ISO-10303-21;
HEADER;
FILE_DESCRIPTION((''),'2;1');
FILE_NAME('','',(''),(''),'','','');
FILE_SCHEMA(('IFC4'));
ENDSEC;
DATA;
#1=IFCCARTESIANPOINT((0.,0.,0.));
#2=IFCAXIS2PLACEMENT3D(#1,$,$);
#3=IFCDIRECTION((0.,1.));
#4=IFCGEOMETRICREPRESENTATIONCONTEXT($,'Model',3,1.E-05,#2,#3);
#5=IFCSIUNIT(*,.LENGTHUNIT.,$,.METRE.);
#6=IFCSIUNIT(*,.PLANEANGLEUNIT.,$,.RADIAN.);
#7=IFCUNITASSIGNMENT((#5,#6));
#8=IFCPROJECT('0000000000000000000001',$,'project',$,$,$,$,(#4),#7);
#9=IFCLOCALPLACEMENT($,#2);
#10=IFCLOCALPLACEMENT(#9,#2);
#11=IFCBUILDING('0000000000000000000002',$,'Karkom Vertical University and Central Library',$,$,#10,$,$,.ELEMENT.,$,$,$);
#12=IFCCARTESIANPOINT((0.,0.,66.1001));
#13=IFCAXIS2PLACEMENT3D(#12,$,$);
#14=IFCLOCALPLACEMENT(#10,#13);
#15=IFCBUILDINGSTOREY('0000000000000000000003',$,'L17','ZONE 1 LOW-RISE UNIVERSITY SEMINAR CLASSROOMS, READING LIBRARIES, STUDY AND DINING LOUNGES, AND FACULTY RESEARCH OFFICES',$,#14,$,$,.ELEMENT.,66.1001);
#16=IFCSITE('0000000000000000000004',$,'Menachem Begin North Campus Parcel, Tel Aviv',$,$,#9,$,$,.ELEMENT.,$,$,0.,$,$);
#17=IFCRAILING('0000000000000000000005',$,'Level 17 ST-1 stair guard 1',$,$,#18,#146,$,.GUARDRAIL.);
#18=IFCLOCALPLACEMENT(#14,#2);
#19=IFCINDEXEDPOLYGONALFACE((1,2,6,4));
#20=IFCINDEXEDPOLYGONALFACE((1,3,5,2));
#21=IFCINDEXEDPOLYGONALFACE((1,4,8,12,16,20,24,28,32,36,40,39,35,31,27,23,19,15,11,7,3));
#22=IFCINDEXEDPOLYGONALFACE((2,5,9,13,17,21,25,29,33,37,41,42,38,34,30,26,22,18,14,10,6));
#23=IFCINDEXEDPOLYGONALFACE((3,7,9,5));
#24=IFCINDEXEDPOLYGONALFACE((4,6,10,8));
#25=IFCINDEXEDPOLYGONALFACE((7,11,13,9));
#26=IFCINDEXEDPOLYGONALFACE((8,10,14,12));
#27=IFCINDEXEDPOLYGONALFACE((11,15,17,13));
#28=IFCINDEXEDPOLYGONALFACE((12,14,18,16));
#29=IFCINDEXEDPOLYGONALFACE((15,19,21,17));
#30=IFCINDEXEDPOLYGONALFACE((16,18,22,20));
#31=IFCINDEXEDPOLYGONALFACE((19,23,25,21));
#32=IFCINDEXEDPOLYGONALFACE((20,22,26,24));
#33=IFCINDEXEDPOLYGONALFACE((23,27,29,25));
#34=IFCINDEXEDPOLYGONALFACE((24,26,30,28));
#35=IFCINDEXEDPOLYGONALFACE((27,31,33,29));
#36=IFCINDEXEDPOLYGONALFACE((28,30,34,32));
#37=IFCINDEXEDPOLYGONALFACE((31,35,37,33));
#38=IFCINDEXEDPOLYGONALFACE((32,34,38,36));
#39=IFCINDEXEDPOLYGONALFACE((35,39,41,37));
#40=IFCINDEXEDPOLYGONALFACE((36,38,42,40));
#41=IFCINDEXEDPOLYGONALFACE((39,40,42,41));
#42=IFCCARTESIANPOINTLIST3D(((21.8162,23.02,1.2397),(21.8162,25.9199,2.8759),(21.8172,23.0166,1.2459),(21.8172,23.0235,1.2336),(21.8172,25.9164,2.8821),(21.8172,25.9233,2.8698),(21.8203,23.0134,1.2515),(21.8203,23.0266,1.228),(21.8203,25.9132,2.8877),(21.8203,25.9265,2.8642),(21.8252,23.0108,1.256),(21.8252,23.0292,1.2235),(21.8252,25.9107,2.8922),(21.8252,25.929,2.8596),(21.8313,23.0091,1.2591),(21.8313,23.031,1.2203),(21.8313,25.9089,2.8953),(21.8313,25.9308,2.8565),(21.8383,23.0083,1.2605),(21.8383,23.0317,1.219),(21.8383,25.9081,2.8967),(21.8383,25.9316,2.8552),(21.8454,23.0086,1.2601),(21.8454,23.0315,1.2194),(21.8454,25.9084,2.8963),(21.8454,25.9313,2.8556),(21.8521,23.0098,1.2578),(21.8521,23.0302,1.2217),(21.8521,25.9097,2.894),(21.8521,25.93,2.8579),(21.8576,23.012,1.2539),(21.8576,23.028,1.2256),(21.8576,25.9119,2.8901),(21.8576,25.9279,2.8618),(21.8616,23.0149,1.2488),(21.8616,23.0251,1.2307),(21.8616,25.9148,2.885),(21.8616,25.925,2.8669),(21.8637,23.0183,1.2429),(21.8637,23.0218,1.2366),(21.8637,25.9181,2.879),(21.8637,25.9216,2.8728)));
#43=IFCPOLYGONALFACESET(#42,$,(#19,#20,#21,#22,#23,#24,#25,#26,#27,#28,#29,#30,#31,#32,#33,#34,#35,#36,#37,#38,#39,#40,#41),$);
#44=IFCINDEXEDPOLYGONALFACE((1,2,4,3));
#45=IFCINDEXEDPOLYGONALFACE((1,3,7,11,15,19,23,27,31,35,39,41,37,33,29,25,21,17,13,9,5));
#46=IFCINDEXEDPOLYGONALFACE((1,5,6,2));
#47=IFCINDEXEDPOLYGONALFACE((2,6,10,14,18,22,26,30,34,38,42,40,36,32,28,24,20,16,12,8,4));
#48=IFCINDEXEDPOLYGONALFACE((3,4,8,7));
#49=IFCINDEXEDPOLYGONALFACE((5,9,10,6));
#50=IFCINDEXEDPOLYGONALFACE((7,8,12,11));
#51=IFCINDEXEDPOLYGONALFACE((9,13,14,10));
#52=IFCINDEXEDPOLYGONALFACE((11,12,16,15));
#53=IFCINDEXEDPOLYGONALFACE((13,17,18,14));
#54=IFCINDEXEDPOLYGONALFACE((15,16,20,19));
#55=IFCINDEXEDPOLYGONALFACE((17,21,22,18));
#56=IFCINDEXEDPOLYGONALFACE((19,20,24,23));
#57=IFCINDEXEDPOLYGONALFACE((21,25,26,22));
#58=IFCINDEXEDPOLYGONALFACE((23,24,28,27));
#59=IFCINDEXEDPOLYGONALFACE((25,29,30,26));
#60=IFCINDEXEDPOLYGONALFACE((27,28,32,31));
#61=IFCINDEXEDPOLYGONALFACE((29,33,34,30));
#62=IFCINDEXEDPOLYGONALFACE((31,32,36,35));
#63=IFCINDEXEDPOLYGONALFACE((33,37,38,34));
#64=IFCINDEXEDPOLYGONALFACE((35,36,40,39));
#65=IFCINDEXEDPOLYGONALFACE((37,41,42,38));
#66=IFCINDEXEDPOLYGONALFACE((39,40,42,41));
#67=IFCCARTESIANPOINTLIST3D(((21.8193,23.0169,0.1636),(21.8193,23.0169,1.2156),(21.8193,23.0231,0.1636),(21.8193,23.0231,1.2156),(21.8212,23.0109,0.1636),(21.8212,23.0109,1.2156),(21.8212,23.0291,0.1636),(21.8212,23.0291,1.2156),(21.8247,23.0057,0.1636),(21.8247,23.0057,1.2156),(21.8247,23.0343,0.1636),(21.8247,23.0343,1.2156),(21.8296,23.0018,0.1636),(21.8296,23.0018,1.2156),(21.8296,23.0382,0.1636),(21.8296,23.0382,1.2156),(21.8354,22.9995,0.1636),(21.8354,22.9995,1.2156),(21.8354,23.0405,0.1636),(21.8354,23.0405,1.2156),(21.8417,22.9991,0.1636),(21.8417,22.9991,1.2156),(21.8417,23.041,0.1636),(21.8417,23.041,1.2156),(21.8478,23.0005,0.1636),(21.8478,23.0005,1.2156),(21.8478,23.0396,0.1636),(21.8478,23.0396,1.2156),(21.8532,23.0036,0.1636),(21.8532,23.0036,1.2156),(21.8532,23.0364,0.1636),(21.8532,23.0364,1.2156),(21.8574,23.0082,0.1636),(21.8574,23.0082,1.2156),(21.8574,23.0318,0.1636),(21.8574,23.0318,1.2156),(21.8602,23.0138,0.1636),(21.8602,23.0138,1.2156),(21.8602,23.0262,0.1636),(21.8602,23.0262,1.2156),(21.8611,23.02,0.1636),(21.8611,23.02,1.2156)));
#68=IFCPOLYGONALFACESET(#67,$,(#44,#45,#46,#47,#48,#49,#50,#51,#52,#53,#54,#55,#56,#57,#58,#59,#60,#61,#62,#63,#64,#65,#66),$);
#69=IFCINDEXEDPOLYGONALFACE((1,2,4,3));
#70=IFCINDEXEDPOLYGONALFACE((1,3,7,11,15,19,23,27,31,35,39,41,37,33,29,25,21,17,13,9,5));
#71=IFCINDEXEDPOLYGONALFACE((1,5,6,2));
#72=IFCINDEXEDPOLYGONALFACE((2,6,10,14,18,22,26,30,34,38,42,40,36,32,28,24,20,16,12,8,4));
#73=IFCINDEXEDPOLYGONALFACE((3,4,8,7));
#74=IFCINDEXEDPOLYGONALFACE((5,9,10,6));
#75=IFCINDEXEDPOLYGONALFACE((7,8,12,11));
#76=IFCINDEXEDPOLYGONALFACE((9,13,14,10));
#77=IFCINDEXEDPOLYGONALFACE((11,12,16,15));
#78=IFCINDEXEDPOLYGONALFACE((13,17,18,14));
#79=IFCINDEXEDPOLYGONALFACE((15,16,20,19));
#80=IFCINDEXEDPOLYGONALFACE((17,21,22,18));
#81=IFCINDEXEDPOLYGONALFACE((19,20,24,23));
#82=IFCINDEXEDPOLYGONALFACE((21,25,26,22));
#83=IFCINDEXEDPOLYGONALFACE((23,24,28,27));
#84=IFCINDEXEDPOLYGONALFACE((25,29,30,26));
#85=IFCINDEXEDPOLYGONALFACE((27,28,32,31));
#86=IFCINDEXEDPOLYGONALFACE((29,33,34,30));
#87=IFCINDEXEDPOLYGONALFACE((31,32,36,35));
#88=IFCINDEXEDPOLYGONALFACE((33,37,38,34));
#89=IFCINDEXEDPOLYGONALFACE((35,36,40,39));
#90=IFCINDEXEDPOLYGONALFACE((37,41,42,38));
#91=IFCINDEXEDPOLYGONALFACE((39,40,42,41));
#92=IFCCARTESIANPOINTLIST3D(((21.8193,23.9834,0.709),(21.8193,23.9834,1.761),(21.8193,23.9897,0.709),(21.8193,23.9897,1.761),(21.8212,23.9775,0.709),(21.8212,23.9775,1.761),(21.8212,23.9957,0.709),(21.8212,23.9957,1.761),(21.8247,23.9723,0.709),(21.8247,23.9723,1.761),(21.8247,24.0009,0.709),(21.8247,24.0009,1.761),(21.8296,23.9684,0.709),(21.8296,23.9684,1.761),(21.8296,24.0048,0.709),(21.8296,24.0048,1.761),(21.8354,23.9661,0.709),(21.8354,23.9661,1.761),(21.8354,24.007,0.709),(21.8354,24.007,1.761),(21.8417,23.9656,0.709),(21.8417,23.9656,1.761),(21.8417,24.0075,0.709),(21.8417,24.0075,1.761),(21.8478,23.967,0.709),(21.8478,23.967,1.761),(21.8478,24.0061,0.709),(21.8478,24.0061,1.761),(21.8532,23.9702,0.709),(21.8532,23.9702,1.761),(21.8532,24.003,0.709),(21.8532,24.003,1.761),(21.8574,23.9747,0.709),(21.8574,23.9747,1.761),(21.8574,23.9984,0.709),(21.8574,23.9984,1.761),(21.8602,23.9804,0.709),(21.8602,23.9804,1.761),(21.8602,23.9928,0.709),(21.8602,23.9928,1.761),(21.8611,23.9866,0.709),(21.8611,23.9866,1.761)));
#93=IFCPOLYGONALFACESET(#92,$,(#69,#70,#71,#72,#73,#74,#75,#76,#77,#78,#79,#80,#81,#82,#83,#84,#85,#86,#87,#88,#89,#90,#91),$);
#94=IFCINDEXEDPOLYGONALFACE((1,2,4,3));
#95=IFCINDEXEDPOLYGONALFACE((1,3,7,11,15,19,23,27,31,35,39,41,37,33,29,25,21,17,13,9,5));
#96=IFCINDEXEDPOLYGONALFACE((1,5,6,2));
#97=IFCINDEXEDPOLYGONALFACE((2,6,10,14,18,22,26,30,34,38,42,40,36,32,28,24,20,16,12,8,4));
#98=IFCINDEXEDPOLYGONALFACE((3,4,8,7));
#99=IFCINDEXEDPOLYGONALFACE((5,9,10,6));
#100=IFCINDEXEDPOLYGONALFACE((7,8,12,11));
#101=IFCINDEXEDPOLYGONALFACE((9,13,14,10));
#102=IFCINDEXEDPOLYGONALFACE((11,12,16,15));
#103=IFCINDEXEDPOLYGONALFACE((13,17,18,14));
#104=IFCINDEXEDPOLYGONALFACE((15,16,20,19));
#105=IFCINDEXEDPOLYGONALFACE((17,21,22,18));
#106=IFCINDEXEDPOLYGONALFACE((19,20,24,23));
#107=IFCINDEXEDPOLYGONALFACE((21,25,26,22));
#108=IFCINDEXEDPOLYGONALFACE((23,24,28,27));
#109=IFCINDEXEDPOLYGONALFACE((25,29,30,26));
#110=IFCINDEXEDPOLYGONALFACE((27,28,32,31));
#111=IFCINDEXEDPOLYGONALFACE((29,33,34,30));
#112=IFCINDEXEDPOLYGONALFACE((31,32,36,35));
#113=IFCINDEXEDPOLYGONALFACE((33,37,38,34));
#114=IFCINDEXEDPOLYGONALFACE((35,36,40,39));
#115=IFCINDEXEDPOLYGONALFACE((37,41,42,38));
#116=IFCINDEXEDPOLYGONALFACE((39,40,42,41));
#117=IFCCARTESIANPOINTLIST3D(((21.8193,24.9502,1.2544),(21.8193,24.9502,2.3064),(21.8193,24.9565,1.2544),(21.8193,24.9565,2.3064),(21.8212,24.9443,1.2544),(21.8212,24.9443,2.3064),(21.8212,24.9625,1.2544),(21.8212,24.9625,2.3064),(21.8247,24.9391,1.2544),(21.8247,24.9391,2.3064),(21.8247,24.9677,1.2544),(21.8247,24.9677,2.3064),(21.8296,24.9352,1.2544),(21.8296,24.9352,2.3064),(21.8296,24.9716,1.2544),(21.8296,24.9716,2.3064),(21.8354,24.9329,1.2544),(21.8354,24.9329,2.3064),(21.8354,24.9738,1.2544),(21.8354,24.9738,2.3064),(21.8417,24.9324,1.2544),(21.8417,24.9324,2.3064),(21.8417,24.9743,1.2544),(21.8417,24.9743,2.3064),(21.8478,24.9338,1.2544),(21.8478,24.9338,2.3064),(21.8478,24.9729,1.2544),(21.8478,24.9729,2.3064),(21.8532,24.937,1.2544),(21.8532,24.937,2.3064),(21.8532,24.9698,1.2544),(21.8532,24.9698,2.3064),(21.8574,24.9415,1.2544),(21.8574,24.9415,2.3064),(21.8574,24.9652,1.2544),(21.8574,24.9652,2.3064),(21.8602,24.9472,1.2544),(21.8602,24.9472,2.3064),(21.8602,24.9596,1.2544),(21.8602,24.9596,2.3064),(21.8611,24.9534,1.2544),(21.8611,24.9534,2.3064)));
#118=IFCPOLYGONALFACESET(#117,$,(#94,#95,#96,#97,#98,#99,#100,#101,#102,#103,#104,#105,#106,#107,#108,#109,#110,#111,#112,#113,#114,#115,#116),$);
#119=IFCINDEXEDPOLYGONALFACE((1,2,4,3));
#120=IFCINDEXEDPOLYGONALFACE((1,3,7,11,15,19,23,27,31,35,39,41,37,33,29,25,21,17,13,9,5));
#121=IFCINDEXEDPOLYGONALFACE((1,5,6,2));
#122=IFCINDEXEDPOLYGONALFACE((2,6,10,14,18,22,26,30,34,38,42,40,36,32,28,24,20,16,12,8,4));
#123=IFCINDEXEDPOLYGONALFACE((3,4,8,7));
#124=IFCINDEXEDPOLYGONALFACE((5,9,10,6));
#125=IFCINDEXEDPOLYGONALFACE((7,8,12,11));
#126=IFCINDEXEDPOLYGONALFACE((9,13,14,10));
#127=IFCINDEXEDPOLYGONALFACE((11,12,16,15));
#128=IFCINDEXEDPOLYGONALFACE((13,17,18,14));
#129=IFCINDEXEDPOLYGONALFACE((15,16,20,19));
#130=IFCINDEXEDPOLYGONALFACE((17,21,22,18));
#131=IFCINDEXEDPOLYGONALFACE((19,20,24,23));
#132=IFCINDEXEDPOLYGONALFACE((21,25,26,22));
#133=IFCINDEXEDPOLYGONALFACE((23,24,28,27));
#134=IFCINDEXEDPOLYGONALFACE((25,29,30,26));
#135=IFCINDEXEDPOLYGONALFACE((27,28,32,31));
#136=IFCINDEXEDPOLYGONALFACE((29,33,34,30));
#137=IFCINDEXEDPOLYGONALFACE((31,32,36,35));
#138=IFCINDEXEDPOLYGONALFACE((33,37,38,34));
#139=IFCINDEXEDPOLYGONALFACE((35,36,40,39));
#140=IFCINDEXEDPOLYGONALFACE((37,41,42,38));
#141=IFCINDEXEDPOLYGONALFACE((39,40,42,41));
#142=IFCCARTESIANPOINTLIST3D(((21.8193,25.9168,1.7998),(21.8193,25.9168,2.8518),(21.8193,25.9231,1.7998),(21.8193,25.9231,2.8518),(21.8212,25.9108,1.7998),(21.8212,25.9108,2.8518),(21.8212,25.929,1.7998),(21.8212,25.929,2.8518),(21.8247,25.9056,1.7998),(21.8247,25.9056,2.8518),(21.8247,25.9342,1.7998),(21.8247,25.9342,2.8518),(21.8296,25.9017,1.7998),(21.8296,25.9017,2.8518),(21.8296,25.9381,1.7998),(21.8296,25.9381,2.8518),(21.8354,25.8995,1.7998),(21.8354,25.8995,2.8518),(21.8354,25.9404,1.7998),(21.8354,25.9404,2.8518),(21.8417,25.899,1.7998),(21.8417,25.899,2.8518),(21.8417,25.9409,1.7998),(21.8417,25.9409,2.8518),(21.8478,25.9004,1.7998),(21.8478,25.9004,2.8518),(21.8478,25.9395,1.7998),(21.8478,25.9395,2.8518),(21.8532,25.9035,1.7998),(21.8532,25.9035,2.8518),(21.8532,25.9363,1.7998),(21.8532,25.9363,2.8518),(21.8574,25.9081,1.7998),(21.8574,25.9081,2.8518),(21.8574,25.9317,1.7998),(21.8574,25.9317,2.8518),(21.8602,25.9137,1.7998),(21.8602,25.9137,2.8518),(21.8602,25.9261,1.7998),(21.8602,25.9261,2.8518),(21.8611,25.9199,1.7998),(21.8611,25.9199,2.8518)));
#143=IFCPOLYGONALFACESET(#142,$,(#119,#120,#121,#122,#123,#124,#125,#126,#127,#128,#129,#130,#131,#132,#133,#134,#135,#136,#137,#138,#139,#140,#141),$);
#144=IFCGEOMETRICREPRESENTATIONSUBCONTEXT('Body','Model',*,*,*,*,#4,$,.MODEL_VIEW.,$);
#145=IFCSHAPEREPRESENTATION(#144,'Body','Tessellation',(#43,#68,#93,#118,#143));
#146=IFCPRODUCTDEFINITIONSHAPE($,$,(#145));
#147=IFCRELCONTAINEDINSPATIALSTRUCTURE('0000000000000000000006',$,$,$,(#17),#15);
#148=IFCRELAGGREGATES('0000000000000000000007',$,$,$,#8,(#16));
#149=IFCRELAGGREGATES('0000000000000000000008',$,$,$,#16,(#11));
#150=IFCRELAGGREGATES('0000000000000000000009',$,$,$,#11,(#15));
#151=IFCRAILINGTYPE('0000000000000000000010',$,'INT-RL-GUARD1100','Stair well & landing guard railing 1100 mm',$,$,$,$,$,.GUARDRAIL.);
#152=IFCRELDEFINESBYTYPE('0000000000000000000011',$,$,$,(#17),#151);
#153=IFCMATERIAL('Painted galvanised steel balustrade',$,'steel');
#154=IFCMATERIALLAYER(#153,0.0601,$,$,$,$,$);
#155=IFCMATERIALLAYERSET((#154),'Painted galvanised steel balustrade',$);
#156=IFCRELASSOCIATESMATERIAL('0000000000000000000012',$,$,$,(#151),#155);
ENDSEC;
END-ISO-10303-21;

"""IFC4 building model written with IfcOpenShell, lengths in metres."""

from ifc_helpers import new_model, si_unit, direction, frame, origin, origin_2d, place, context, subcontext, project, spatial, circle, extrude, material, layer, layer_set, type_object, element, save


model = new_model("IFC4")

# Units and contexts
model_context = context("Model", 3, precision=1e-05, world=origin(), true_north=direction((0.0, 1.0)))
body_context = subcontext(model_context, "Body", "Model", "MODEL_VIEW")
ifc_project = project(units=[si_unit("LENGTHUNIT", "METRE"), si_unit("PLANEANGLEUNIT", "RADIAN")], contexts=[model_context])

# Site, building, storey
site_placement = place(None, origin())
site = spatial("IfcSite", under=ifc_project, at=site_placement, Name="Menachem Begin North Campus Parcel, Tel Aviv", CompositionType="ELEMENT", RefElevation=0.0)
building_placement = place(site_placement, origin())
building = spatial("IfcBuilding", under=site, at=building_placement, Name="Karkom Vertical University and Central Library", CompositionType="ELEMENT")
storey_placement = place(building_placement, frame((0.0, 0.0, 66.1001)))
storey = spatial("IfcBuildingStorey", under=building, at=storey_placement, Name="L17", Description="ZONE 1 LOW-RISE UNIVERSITY SEMINAR CLASSROOMS, READING LIBRARIES, STUDY AND DINING LOUNGES, AND FACULTY RESEARCH OFFICES", CompositionType="ELEMENT", Elevation=66.1001)

# Railing
ifc_material_1 = material(Name="Painted galvanised steel balustrade", Category="steel")
ifc_layer_1 = layer(ifc_material_1, 0.0601)
ifc_layer_set_1 = layer_set([ifc_layer_1], Name="Painted galvanised steel balustrade")
railing_type_1 = type_object("IfcRailingType", Name="INT-RL-GUARD1100", Description="Stair well & landing guard railing 1100 mm", PredefinedType="GUARDRAIL", material=ifc_layer_set_1)
railing_1_placement = place(storey_placement, frame((21.8401, 23.02, 0.1636)))
element("IfcRailing", 1, at=railing_1_placement, inside=storey, type_object=railing_type_1, Name="Level 17 ST-1 stair guard 1", PredefinedType="GUARDRAIL", context=body_context, shape_type="SweptSolid", body=[
    extrude(circle(Radius=0.0239, at=origin_2d()), frame((0.0, 0.0, 1.0762), z_axis=(0.0, 0.870929, 0.49141), x_axis=(-1.0, 0.0, 0.0)), (0.0, 0.0, 1.0), 3.3296),
    extrude(circle(Radius=0.021, at=origin_2d()), origin(), (0.0, 0.0, 1.0), 1.052),
    extrude(circle(Radius=0.021, at=origin_2d()), frame((0.0, 0.9666, 0.5454)), (0.0, 0.0, 1.0), 1.052),
    extrude(circle(Radius=0.021, at=origin_2d()), frame((0.0, 1.9333, 1.0908)), (0.0, 0.0, 1.0), 1.052),
    extrude(circle(Radius=0.021, at=origin_2d()), frame((0.0, 2.8999, 1.6362)), (0.0, 0.0, 1.0), 1.052),
])

save(model, "model.ifc")
